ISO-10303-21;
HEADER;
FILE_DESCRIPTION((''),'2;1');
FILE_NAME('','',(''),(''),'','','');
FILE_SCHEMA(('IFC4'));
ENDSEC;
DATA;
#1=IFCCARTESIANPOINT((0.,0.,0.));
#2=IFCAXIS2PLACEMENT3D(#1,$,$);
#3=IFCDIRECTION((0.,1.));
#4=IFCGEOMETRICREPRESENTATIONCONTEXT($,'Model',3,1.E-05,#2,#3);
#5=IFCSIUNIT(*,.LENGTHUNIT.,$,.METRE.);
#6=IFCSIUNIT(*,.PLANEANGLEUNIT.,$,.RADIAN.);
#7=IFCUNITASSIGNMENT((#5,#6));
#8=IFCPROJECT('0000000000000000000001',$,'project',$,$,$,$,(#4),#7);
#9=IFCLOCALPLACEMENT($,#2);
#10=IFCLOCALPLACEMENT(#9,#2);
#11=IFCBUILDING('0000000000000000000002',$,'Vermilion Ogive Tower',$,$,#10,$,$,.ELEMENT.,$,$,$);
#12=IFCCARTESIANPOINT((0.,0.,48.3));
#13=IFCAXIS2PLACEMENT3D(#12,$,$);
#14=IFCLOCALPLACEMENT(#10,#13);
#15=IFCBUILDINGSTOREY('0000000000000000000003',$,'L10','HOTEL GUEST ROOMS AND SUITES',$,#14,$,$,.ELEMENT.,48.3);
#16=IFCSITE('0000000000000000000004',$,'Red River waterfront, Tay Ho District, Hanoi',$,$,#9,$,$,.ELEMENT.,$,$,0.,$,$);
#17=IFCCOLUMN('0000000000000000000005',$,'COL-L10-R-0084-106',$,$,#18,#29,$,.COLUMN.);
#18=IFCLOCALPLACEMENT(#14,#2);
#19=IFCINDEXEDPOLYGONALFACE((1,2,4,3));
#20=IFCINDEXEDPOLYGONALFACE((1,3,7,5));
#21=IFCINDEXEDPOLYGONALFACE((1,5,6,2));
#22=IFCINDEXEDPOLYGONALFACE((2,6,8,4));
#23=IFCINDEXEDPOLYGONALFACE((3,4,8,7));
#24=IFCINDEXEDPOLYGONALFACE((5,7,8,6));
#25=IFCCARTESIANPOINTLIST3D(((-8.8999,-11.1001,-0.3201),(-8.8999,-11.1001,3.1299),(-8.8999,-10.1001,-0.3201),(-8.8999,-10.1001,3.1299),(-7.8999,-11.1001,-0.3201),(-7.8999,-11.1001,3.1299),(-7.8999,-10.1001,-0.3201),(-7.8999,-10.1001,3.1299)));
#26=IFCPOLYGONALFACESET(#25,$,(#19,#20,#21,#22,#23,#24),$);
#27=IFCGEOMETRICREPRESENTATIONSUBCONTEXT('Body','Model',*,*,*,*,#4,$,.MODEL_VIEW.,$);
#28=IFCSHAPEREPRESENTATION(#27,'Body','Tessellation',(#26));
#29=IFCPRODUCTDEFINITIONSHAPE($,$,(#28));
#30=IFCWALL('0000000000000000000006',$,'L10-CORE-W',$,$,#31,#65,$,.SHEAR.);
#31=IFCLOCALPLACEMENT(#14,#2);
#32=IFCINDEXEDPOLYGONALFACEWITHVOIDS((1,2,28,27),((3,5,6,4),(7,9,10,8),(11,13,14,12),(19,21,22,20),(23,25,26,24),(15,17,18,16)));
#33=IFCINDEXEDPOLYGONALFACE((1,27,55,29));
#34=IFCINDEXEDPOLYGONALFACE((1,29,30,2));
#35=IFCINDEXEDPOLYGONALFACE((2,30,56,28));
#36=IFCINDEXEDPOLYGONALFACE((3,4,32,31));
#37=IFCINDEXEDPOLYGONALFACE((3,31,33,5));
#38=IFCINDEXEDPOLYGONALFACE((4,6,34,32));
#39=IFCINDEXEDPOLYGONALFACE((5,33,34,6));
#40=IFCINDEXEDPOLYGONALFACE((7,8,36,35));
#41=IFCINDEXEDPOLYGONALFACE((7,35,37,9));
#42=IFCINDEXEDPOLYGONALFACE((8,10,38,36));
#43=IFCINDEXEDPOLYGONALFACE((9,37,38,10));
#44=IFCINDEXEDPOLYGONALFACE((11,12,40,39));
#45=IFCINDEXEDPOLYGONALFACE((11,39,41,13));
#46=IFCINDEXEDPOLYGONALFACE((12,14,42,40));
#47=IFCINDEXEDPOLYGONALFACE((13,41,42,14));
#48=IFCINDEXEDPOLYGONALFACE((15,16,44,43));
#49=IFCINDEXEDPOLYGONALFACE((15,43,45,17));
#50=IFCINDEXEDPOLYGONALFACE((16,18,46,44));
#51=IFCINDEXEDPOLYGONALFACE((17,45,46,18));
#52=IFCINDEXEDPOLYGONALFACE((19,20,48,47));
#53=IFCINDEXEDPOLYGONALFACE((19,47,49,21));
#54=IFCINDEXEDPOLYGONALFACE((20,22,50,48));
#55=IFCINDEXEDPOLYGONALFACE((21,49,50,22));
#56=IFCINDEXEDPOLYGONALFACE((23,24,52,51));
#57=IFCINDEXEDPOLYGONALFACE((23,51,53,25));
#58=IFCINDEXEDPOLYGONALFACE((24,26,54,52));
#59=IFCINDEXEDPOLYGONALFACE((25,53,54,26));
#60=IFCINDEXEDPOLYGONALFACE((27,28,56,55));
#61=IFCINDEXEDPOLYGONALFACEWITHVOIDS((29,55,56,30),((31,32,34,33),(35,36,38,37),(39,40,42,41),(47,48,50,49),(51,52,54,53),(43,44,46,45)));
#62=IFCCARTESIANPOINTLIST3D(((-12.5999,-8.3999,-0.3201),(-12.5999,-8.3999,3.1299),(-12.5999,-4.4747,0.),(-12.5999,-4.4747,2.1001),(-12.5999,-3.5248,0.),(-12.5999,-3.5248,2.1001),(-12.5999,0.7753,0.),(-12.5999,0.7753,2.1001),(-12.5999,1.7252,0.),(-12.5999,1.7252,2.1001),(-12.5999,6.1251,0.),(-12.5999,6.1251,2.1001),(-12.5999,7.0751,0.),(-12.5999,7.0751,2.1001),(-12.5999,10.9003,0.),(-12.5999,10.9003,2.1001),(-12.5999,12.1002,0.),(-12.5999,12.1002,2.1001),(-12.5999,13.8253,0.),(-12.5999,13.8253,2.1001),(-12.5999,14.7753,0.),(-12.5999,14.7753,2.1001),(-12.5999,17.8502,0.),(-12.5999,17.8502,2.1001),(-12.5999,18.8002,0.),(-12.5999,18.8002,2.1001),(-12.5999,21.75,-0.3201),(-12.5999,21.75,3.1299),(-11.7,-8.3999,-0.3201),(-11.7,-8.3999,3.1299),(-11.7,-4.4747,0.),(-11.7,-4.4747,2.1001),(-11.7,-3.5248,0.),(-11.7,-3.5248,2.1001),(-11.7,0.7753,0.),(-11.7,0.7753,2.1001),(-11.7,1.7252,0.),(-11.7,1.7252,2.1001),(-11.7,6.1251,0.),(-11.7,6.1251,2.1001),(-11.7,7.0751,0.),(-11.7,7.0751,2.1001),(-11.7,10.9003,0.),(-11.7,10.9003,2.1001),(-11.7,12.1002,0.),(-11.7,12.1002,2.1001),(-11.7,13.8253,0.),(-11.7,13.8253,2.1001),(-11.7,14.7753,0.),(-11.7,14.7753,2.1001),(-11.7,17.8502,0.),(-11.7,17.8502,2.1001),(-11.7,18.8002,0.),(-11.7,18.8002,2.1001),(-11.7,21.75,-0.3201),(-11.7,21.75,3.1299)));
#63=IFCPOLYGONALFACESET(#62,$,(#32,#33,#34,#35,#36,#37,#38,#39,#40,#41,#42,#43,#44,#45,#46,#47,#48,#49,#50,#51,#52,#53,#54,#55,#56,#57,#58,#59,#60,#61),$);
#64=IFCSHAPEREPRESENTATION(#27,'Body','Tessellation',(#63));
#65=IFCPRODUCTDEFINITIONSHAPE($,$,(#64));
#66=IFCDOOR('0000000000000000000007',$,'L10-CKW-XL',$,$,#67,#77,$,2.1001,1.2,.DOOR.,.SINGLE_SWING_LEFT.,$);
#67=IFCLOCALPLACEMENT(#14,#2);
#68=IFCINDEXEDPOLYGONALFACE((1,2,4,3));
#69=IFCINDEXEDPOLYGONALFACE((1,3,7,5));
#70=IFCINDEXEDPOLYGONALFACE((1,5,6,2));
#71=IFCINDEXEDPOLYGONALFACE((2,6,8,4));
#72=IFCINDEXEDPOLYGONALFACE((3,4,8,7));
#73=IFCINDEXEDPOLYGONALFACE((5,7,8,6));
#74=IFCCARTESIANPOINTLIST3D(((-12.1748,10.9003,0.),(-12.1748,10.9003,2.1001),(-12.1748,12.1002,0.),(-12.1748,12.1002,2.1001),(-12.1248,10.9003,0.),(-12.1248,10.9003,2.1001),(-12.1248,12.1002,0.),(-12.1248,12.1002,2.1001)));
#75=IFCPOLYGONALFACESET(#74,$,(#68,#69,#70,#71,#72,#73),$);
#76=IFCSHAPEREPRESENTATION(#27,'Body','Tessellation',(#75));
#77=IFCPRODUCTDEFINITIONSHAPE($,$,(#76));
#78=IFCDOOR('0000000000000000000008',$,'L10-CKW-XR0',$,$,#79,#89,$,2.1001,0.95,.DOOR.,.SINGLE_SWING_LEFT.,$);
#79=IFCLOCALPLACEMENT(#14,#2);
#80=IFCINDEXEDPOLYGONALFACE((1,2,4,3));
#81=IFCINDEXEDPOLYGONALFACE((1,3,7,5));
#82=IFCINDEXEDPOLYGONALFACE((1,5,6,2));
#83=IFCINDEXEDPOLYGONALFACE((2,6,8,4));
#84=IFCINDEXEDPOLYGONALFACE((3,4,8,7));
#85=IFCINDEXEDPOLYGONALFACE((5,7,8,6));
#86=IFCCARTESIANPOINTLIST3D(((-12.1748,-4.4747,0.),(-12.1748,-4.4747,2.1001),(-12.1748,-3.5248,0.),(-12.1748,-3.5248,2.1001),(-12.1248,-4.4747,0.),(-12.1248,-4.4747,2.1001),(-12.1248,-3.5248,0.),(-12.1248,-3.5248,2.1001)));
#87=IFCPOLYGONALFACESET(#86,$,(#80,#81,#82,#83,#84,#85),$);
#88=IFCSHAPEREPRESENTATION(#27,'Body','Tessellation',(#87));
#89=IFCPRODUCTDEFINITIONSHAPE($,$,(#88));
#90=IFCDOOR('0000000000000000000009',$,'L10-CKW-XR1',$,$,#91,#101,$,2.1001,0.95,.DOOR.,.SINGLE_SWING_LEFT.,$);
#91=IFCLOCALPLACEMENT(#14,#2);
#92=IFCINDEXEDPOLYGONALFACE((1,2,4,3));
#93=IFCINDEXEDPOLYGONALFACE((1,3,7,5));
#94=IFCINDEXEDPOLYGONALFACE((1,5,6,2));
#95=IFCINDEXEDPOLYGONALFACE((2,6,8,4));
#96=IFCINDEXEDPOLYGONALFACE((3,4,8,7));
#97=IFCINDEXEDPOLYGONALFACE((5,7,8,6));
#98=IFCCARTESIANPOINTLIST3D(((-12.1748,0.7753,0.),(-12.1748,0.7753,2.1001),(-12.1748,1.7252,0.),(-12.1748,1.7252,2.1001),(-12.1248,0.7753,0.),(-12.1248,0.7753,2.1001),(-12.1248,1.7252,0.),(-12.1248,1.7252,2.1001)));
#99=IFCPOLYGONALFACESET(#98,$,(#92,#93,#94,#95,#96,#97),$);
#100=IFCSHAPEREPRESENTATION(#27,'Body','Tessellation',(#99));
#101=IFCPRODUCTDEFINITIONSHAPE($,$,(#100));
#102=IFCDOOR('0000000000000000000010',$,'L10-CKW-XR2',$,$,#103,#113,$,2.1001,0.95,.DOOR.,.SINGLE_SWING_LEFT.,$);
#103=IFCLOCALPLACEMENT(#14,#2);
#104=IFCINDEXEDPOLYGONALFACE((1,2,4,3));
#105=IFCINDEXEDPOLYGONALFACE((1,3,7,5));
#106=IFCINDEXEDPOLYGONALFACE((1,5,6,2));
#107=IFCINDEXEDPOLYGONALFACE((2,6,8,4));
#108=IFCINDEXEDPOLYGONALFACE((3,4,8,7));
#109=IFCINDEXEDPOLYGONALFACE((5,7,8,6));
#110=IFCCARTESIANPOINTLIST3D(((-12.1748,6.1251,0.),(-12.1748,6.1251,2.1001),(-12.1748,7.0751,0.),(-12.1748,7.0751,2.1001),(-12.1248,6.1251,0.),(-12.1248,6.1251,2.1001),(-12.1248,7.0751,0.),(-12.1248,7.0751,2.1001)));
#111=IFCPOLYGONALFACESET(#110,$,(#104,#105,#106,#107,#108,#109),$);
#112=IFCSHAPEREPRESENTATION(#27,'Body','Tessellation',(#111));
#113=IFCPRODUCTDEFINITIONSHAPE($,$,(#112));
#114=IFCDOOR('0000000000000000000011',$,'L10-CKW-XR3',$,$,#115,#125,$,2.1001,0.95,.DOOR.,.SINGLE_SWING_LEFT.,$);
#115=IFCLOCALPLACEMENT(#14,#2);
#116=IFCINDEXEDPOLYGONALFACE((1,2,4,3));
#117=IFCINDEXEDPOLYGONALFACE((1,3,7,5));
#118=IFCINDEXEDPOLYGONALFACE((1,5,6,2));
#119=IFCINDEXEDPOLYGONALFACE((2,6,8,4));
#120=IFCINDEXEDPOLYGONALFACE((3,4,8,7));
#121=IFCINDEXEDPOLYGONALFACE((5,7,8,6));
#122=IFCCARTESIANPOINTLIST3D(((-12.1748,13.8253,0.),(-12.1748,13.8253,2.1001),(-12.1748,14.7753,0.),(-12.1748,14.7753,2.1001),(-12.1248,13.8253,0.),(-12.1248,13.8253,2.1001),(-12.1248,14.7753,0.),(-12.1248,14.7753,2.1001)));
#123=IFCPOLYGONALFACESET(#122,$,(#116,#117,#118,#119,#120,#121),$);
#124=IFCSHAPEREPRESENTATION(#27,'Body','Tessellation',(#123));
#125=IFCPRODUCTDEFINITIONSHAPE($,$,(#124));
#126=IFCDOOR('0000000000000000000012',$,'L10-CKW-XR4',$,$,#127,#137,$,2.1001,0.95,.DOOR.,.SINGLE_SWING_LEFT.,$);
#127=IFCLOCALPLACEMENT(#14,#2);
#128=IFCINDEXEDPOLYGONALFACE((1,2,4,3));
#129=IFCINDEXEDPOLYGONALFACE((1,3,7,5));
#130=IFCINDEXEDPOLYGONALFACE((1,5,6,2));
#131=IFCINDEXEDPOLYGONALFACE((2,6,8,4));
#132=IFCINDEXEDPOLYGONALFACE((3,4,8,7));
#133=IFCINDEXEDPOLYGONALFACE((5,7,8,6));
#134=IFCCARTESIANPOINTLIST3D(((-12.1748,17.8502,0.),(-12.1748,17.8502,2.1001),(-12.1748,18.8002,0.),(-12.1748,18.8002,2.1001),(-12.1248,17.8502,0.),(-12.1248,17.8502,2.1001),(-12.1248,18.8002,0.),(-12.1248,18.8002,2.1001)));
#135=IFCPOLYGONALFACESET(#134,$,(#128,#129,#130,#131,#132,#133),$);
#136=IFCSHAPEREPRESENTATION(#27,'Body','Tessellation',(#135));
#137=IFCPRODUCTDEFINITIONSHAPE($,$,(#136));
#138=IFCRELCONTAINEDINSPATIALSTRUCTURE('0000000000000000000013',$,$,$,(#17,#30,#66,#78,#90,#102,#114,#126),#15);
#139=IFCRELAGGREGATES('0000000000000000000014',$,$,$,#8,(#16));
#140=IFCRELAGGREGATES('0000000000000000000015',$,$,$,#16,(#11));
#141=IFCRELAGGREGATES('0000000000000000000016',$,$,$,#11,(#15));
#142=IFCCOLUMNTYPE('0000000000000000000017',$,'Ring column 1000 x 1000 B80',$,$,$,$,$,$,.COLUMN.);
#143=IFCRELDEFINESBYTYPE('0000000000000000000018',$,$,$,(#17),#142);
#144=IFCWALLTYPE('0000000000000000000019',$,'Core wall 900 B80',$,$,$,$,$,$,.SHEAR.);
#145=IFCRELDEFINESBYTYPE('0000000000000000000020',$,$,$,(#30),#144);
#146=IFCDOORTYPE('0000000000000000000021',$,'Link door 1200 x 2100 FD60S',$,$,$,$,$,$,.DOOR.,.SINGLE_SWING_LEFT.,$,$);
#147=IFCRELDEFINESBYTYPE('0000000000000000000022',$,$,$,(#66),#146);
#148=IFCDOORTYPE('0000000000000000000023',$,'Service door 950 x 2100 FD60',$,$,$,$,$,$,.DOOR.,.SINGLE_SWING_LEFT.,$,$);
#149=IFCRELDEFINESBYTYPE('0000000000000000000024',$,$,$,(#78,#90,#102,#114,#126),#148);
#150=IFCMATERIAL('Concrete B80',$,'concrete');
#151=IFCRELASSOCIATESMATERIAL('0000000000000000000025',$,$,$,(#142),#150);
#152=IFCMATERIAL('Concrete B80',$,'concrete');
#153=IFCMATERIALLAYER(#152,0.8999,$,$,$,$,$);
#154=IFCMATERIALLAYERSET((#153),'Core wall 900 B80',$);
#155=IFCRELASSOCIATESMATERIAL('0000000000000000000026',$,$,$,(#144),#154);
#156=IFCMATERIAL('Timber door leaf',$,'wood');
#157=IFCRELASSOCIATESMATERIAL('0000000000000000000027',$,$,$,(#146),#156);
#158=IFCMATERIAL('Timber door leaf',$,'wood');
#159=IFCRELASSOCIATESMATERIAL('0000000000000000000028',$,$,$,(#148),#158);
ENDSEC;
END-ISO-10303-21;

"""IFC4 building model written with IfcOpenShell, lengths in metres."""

from ifc_helpers import new_model, si_unit, direction, frame, frame_2d, origin, origin_2d, place, context, subcontext, project, spatial, rectangle, extrude, material, layer, layer_set, material_profile, profile_set, type_object, element, fill, save


model = new_model("IFC4")

# Units and contexts
model_context = context("Model", 3, precision=1e-05, world=origin(), true_north=direction((0.0, 1.0)))
body_context = subcontext(model_context, "Body", "Model", "MODEL_VIEW")
ifc_project = project(units=[si_unit("LENGTHUNIT", "METRE"), si_unit("PLANEANGLEUNIT", "RADIAN")], contexts=[model_context])

# Site, building, storey
site_placement = place(None, origin())
site = spatial("IfcSite", under=ifc_project, at=site_placement, Name="Red River waterfront, Tay Ho District, Hanoi", CompositionType="ELEMENT", RefElevation=0.0)
building_placement = place(site_placement, origin())
building = spatial("IfcBuilding", under=site, at=building_placement, Name="Vermilion Ogive Tower", CompositionType="ELEMENT")
storey_placement = place(building_placement, frame((0.0, 0.0, 48.3)))
storey = spatial("IfcBuildingStorey", under=building, at=storey_placement, Name="L10", Description="HOTEL GUEST ROOMS AND SUITES", CompositionType="ELEMENT", Elevation=48.3)

# Column
ifc_material_1 = material(Name="Concrete B80", Category="concrete")
ifc_material_profile = material_profile(ifc_material_1, rectangle(XDim=1.0, YDim=1.0, at=origin_2d()), Name="1000 x 1000")
ifc_profile_set = profile_set([ifc_material_profile], Name="Concrete B80")
column_type = type_object("IfcColumnType", Name="Ring column 1000 x 1000 B80", PredefinedType="COLUMN", material=ifc_profile_set)
column_placement = place(storey_placement, frame((-8.3999, -10.6001, -0.3201), z_axis=(0.0, 0.0, 1.0), x_axis=(1.0, 0.0, 0.0)))
element("IfcColumn", 1, at=column_placement, inside=storey, type_object=column_type, Name="COL-L10-R-0084-106", PredefinedType="COLUMN", context=body_context, shape_type="SweptSolid", body=[
    extrude(rectangle(XDim=1.0, YDim=1.0, at=origin_2d()), origin(), (0.0, 0.0, 1.0), 3.45),
])

# Wall, openings, doors
ifc_material_2 = material(Name="Concrete B80", Category="concrete")
ifc_layer_1 = layer(ifc_material_2, 0.8999)
ifc_layer_set_1 = layer_set([ifc_layer_1], Name="Core wall 900 B80")
wall_type_1 = type_object("IfcWallType", Name="Core wall 900 B80", PredefinedType="SHEAR", material=ifc_layer_set_1)
wall_1_placement = place(storey_placement, frame((-12.1499, -8.3999, -0.3201), z_axis=(0.0, 0.0, 1.0), x_axis=(0.0, 1.0, 0.0)))
wall_1 = element("IfcWall", 2, at=wall_1_placement, inside=storey, type_object=wall_type_1, Name="L10-CORE-W", PredefinedType="SHEAR", context=body_context, shape_type="SweptSolid", body=[
    extrude(rectangle(XDim=30.1499, YDim=0.8999, at=frame_2d((15.075, 0.0))), origin(), (0.0, 0.0, 1.0), 3.45),
])
opening_1_placement = place(wall_1_placement, frame((3.925, 0.0, 0.3201)))
opening_1 = element("IfcOpeningElement", 3, at=opening_1_placement, cuts=wall_1, PredefinedType="OPENING", context=body_context, shape_type="SweptSolid", body=[
    extrude(rectangle(XDim=0.95, YDim=2.1001, at=frame_2d((0.4751, 1.05))), frame((0.0, 0.46, 0.0), z_axis=(0.0, -1.0, 0.0), x_axis=(1.0, 0.0, 0.0)), (0.0, 0.0, 1.0), 0.9199),
])
opening_2_placement = place(wall_1_placement, frame((9.175, 0.0, 0.3201)))
opening_2 = element("IfcOpeningElement", 4, at=opening_2_placement, cuts=wall_1, PredefinedType="OPENING", context=body_context, shape_type="SweptSolid", body=[
    extrude(rectangle(XDim=0.95, YDim=2.1001, at=frame_2d((0.4751, 1.05))), frame((0.0, 0.46, 0.0), z_axis=(0.0, -1.0, 0.0), x_axis=(1.0, 0.0, 0.0)), (0.0, 0.0, 1.0), 0.9199),
])
opening_3_placement = place(wall_1_placement, frame((14.5249, 0.0, 0.3201)))
opening_3 = element("IfcOpeningElement", 5, at=opening_3_placement, cuts=wall_1, PredefinedType="OPENING", context=body_context, shape_type="SweptSolid", body=[
    extrude(rectangle(XDim=0.95, YDim=2.1001, at=frame_2d((0.4751, 1.05))), frame((0.0, 0.46, 0.0), z_axis=(0.0, -1.0, 0.0), x_axis=(1.0, 0.0, 0.0)), (0.0, 0.0, 1.0), 0.9199),
])
opening_4_placement = place(wall_1_placement, frame((22.2251, 0.0, 0.3201)))
opening_4 = element("IfcOpeningElement", 6, at=opening_4_placement, cuts=wall_1, PredefinedType="OPENING", context=body_context, shape_type="SweptSolid", body=[
    extrude(rectangle(XDim=0.95, YDim=2.1001, at=frame_2d((0.4751, 1.05))), frame((0.0, 0.46, 0.0), z_axis=(0.0, -1.0, 0.0), x_axis=(1.0, 0.0, 0.0)), (0.0, 0.0, 1.0), 0.9199),
])
opening_5_placement = place(wall_1_placement, frame((26.25, 0.0, 0.3201)))
opening_5 = element("IfcOpeningElement", 7, at=opening_5_placement, cuts=wall_1, PredefinedType="OPENING", context=body_context, shape_type="SweptSolid", body=[
    extrude(rectangle(XDim=0.95, YDim=2.1001, at=frame_2d((0.4751, 1.05))), frame((0.0, 0.46, 0.0), z_axis=(0.0, -1.0, 0.0), x_axis=(1.0, 0.0, 0.0)), (0.0, 0.0, 1.0), 0.9199),
])
opening_6_placement = place(wall_1_placement, frame((19.3, 0.0, 0.3201)))
opening_6 = element("IfcOpeningElement", 8, at=opening_6_placement, cuts=wall_1, PredefinedType="OPENING", context=body_context, shape_type="SweptSolid", body=[
    extrude(rectangle(XDim=1.2, YDim=2.1001, at=frame_2d((0.6001, 1.05))), frame((0.0, 0.46, 0.0), z_axis=(0.0, -1.0, 0.0), x_axis=(1.0, 0.0, 0.0)), (0.0, 0.0, 1.0), 0.9199),
])
ifc_material_3 = material(Name="Timber door leaf", Category="wood")
door_type_1 = type_object("IfcDoorType", Name="Link door 1200 x 2100 FD60S", OperationType="SINGLE_SWING_LEFT", PredefinedType="DOOR", material=ifc_material_3)
door_1_placement = place(opening_6_placement, origin())
door_1 = element("IfcDoor", 9, at=door_1_placement, inside=storey, type_object=door_type_1, Name="L10-CKW-XL", OperationType="SINGLE_SWING_LEFT", OverallHeight=2.1001, OverallWidth=1.2, PredefinedType="DOOR", context=body_context, shape_type="SweptSolid", body=[
    extrude(rectangle(XDim=1.2, YDim=2.1001, at=frame_2d((0.6001, 1.05))), frame((0.0, 0.0249, 0.0), z_axis=(0.0, -1.0, 0.0), x_axis=(1.0, 0.0, 0.0)), (0.0, 0.0, 1.0), 0.05),
])
fill(opening_6, door_1)
ifc_material_4 = material(Name="Timber door leaf", Category="wood")
door_type_2 = type_object("IfcDoorType", Name="Service door 950 x 2100 FD60", OperationType="SINGLE_SWING_LEFT", PredefinedType="DOOR", material=ifc_material_4)
door_2_placement = place(opening_1_placement, origin())
door_2 = element("IfcDoor", 10, at=door_2_placement, inside=storey, type_object=door_type_2, Name="L10-CKW-XR0", OperationType="SINGLE_SWING_LEFT", OverallHeight=2.1001, OverallWidth=0.95, PredefinedType="DOOR", context=body_context, shape_type="SweptSolid", body=[
    extrude(rectangle(XDim=0.95, YDim=2.1001, at=frame_2d((0.4751, 1.05))), frame((0.0, 0.0249, 0.0), z_axis=(0.0, -1.0, 0.0), x_axis=(1.0, 0.0, 0.0)), (0.0, 0.0, 1.0), 0.05),
])
fill(opening_1, door_2)
door_3_placement = place(opening_2_placement, origin())
door_3 = element("IfcDoor", 11, at=door_3_placement, inside=storey, type_object=door_type_2, Name="L10-CKW-XR1", OperationType="SINGLE_SWING_LEFT", OverallHeight=2.1001, OverallWidth=0.95, PredefinedType="DOOR", context=body_context, shape_type="SweptSolid", body=[
    extrude(rectangle(XDim=0.95, YDim=2.1001, at=frame_2d((0.4751, 1.05))), frame((0.0, 0.0249, 0.0), z_axis=(0.0, -1.0, 0.0), x_axis=(1.0, 0.0, 0.0)), (0.0, 0.0, 1.0), 0.05),
])
fill(opening_2, door_3)
door_4_placement = place(opening_3_placement, origin())
door_4 = element("IfcDoor", 12, at=door_4_placement, inside=storey, type_object=door_type_2, Name="L10-CKW-XR2", OperationType="SINGLE_SWING_LEFT", OverallHeight=2.1001, OverallWidth=0.95, PredefinedType="DOOR", context=body_context, shape_type="SweptSolid", body=[
    extrude(rectangle(XDim=0.95, YDim=2.1001, at=frame_2d((0.4751, 1.05))), frame((0.0, 0.0249, 0.0), z_axis=(0.0, -1.0, 0.0), x_axis=(1.0, 0.0, 0.0)), (0.0, 0.0, 1.0), 0.05),
])
fill(opening_3, door_4)
door_5_placement = place(opening_4_placement, origin())
door_5 = element("IfcDoor", 13, at=door_5_placement, inside=storey, type_object=door_type_2, Name="L10-CKW-XR3", OperationType="SINGLE_SWING_LEFT", OverallHeight=2.1001, OverallWidth=0.95, PredefinedType="DOOR", context=body_context, shape_type="SweptSolid", body=[
    extrude(rectangle(XDim=0.95, YDim=2.1001, at=frame_2d((0.4751, 1.05))), frame((0.0, 0.0249, 0.0), z_axis=(0.0, -1.0, 0.0), x_axis=(1.0, 0.0, 0.0)), (0.0, 0.0, 1.0), 0.05),
])
fill(opening_4, door_5)
door_6_placement = place(opening_5_placement, origin())
door_6 = element("IfcDoor", 14, at=door_6_placement, inside=storey, type_object=door_type_2, Name="L10-CKW-XR4", OperationType="SINGLE_SWING_LEFT", OverallHeight=2.1001, OverallWidth=0.95, PredefinedType="DOOR", context=body_context, shape_type="SweptSolid", body=[
    extrude(rectangle(XDim=0.95, YDim=2.1001, at=frame_2d((0.4751, 1.05))), frame((0.0, 0.0249, 0.0), z_axis=(0.0, -1.0, 0.0), x_axis=(1.0, 0.0, 0.0)), (0.0, 0.0, 1.0), 0.05),
])
fill(opening_5, door_6)

save(model, "model.ifc")
